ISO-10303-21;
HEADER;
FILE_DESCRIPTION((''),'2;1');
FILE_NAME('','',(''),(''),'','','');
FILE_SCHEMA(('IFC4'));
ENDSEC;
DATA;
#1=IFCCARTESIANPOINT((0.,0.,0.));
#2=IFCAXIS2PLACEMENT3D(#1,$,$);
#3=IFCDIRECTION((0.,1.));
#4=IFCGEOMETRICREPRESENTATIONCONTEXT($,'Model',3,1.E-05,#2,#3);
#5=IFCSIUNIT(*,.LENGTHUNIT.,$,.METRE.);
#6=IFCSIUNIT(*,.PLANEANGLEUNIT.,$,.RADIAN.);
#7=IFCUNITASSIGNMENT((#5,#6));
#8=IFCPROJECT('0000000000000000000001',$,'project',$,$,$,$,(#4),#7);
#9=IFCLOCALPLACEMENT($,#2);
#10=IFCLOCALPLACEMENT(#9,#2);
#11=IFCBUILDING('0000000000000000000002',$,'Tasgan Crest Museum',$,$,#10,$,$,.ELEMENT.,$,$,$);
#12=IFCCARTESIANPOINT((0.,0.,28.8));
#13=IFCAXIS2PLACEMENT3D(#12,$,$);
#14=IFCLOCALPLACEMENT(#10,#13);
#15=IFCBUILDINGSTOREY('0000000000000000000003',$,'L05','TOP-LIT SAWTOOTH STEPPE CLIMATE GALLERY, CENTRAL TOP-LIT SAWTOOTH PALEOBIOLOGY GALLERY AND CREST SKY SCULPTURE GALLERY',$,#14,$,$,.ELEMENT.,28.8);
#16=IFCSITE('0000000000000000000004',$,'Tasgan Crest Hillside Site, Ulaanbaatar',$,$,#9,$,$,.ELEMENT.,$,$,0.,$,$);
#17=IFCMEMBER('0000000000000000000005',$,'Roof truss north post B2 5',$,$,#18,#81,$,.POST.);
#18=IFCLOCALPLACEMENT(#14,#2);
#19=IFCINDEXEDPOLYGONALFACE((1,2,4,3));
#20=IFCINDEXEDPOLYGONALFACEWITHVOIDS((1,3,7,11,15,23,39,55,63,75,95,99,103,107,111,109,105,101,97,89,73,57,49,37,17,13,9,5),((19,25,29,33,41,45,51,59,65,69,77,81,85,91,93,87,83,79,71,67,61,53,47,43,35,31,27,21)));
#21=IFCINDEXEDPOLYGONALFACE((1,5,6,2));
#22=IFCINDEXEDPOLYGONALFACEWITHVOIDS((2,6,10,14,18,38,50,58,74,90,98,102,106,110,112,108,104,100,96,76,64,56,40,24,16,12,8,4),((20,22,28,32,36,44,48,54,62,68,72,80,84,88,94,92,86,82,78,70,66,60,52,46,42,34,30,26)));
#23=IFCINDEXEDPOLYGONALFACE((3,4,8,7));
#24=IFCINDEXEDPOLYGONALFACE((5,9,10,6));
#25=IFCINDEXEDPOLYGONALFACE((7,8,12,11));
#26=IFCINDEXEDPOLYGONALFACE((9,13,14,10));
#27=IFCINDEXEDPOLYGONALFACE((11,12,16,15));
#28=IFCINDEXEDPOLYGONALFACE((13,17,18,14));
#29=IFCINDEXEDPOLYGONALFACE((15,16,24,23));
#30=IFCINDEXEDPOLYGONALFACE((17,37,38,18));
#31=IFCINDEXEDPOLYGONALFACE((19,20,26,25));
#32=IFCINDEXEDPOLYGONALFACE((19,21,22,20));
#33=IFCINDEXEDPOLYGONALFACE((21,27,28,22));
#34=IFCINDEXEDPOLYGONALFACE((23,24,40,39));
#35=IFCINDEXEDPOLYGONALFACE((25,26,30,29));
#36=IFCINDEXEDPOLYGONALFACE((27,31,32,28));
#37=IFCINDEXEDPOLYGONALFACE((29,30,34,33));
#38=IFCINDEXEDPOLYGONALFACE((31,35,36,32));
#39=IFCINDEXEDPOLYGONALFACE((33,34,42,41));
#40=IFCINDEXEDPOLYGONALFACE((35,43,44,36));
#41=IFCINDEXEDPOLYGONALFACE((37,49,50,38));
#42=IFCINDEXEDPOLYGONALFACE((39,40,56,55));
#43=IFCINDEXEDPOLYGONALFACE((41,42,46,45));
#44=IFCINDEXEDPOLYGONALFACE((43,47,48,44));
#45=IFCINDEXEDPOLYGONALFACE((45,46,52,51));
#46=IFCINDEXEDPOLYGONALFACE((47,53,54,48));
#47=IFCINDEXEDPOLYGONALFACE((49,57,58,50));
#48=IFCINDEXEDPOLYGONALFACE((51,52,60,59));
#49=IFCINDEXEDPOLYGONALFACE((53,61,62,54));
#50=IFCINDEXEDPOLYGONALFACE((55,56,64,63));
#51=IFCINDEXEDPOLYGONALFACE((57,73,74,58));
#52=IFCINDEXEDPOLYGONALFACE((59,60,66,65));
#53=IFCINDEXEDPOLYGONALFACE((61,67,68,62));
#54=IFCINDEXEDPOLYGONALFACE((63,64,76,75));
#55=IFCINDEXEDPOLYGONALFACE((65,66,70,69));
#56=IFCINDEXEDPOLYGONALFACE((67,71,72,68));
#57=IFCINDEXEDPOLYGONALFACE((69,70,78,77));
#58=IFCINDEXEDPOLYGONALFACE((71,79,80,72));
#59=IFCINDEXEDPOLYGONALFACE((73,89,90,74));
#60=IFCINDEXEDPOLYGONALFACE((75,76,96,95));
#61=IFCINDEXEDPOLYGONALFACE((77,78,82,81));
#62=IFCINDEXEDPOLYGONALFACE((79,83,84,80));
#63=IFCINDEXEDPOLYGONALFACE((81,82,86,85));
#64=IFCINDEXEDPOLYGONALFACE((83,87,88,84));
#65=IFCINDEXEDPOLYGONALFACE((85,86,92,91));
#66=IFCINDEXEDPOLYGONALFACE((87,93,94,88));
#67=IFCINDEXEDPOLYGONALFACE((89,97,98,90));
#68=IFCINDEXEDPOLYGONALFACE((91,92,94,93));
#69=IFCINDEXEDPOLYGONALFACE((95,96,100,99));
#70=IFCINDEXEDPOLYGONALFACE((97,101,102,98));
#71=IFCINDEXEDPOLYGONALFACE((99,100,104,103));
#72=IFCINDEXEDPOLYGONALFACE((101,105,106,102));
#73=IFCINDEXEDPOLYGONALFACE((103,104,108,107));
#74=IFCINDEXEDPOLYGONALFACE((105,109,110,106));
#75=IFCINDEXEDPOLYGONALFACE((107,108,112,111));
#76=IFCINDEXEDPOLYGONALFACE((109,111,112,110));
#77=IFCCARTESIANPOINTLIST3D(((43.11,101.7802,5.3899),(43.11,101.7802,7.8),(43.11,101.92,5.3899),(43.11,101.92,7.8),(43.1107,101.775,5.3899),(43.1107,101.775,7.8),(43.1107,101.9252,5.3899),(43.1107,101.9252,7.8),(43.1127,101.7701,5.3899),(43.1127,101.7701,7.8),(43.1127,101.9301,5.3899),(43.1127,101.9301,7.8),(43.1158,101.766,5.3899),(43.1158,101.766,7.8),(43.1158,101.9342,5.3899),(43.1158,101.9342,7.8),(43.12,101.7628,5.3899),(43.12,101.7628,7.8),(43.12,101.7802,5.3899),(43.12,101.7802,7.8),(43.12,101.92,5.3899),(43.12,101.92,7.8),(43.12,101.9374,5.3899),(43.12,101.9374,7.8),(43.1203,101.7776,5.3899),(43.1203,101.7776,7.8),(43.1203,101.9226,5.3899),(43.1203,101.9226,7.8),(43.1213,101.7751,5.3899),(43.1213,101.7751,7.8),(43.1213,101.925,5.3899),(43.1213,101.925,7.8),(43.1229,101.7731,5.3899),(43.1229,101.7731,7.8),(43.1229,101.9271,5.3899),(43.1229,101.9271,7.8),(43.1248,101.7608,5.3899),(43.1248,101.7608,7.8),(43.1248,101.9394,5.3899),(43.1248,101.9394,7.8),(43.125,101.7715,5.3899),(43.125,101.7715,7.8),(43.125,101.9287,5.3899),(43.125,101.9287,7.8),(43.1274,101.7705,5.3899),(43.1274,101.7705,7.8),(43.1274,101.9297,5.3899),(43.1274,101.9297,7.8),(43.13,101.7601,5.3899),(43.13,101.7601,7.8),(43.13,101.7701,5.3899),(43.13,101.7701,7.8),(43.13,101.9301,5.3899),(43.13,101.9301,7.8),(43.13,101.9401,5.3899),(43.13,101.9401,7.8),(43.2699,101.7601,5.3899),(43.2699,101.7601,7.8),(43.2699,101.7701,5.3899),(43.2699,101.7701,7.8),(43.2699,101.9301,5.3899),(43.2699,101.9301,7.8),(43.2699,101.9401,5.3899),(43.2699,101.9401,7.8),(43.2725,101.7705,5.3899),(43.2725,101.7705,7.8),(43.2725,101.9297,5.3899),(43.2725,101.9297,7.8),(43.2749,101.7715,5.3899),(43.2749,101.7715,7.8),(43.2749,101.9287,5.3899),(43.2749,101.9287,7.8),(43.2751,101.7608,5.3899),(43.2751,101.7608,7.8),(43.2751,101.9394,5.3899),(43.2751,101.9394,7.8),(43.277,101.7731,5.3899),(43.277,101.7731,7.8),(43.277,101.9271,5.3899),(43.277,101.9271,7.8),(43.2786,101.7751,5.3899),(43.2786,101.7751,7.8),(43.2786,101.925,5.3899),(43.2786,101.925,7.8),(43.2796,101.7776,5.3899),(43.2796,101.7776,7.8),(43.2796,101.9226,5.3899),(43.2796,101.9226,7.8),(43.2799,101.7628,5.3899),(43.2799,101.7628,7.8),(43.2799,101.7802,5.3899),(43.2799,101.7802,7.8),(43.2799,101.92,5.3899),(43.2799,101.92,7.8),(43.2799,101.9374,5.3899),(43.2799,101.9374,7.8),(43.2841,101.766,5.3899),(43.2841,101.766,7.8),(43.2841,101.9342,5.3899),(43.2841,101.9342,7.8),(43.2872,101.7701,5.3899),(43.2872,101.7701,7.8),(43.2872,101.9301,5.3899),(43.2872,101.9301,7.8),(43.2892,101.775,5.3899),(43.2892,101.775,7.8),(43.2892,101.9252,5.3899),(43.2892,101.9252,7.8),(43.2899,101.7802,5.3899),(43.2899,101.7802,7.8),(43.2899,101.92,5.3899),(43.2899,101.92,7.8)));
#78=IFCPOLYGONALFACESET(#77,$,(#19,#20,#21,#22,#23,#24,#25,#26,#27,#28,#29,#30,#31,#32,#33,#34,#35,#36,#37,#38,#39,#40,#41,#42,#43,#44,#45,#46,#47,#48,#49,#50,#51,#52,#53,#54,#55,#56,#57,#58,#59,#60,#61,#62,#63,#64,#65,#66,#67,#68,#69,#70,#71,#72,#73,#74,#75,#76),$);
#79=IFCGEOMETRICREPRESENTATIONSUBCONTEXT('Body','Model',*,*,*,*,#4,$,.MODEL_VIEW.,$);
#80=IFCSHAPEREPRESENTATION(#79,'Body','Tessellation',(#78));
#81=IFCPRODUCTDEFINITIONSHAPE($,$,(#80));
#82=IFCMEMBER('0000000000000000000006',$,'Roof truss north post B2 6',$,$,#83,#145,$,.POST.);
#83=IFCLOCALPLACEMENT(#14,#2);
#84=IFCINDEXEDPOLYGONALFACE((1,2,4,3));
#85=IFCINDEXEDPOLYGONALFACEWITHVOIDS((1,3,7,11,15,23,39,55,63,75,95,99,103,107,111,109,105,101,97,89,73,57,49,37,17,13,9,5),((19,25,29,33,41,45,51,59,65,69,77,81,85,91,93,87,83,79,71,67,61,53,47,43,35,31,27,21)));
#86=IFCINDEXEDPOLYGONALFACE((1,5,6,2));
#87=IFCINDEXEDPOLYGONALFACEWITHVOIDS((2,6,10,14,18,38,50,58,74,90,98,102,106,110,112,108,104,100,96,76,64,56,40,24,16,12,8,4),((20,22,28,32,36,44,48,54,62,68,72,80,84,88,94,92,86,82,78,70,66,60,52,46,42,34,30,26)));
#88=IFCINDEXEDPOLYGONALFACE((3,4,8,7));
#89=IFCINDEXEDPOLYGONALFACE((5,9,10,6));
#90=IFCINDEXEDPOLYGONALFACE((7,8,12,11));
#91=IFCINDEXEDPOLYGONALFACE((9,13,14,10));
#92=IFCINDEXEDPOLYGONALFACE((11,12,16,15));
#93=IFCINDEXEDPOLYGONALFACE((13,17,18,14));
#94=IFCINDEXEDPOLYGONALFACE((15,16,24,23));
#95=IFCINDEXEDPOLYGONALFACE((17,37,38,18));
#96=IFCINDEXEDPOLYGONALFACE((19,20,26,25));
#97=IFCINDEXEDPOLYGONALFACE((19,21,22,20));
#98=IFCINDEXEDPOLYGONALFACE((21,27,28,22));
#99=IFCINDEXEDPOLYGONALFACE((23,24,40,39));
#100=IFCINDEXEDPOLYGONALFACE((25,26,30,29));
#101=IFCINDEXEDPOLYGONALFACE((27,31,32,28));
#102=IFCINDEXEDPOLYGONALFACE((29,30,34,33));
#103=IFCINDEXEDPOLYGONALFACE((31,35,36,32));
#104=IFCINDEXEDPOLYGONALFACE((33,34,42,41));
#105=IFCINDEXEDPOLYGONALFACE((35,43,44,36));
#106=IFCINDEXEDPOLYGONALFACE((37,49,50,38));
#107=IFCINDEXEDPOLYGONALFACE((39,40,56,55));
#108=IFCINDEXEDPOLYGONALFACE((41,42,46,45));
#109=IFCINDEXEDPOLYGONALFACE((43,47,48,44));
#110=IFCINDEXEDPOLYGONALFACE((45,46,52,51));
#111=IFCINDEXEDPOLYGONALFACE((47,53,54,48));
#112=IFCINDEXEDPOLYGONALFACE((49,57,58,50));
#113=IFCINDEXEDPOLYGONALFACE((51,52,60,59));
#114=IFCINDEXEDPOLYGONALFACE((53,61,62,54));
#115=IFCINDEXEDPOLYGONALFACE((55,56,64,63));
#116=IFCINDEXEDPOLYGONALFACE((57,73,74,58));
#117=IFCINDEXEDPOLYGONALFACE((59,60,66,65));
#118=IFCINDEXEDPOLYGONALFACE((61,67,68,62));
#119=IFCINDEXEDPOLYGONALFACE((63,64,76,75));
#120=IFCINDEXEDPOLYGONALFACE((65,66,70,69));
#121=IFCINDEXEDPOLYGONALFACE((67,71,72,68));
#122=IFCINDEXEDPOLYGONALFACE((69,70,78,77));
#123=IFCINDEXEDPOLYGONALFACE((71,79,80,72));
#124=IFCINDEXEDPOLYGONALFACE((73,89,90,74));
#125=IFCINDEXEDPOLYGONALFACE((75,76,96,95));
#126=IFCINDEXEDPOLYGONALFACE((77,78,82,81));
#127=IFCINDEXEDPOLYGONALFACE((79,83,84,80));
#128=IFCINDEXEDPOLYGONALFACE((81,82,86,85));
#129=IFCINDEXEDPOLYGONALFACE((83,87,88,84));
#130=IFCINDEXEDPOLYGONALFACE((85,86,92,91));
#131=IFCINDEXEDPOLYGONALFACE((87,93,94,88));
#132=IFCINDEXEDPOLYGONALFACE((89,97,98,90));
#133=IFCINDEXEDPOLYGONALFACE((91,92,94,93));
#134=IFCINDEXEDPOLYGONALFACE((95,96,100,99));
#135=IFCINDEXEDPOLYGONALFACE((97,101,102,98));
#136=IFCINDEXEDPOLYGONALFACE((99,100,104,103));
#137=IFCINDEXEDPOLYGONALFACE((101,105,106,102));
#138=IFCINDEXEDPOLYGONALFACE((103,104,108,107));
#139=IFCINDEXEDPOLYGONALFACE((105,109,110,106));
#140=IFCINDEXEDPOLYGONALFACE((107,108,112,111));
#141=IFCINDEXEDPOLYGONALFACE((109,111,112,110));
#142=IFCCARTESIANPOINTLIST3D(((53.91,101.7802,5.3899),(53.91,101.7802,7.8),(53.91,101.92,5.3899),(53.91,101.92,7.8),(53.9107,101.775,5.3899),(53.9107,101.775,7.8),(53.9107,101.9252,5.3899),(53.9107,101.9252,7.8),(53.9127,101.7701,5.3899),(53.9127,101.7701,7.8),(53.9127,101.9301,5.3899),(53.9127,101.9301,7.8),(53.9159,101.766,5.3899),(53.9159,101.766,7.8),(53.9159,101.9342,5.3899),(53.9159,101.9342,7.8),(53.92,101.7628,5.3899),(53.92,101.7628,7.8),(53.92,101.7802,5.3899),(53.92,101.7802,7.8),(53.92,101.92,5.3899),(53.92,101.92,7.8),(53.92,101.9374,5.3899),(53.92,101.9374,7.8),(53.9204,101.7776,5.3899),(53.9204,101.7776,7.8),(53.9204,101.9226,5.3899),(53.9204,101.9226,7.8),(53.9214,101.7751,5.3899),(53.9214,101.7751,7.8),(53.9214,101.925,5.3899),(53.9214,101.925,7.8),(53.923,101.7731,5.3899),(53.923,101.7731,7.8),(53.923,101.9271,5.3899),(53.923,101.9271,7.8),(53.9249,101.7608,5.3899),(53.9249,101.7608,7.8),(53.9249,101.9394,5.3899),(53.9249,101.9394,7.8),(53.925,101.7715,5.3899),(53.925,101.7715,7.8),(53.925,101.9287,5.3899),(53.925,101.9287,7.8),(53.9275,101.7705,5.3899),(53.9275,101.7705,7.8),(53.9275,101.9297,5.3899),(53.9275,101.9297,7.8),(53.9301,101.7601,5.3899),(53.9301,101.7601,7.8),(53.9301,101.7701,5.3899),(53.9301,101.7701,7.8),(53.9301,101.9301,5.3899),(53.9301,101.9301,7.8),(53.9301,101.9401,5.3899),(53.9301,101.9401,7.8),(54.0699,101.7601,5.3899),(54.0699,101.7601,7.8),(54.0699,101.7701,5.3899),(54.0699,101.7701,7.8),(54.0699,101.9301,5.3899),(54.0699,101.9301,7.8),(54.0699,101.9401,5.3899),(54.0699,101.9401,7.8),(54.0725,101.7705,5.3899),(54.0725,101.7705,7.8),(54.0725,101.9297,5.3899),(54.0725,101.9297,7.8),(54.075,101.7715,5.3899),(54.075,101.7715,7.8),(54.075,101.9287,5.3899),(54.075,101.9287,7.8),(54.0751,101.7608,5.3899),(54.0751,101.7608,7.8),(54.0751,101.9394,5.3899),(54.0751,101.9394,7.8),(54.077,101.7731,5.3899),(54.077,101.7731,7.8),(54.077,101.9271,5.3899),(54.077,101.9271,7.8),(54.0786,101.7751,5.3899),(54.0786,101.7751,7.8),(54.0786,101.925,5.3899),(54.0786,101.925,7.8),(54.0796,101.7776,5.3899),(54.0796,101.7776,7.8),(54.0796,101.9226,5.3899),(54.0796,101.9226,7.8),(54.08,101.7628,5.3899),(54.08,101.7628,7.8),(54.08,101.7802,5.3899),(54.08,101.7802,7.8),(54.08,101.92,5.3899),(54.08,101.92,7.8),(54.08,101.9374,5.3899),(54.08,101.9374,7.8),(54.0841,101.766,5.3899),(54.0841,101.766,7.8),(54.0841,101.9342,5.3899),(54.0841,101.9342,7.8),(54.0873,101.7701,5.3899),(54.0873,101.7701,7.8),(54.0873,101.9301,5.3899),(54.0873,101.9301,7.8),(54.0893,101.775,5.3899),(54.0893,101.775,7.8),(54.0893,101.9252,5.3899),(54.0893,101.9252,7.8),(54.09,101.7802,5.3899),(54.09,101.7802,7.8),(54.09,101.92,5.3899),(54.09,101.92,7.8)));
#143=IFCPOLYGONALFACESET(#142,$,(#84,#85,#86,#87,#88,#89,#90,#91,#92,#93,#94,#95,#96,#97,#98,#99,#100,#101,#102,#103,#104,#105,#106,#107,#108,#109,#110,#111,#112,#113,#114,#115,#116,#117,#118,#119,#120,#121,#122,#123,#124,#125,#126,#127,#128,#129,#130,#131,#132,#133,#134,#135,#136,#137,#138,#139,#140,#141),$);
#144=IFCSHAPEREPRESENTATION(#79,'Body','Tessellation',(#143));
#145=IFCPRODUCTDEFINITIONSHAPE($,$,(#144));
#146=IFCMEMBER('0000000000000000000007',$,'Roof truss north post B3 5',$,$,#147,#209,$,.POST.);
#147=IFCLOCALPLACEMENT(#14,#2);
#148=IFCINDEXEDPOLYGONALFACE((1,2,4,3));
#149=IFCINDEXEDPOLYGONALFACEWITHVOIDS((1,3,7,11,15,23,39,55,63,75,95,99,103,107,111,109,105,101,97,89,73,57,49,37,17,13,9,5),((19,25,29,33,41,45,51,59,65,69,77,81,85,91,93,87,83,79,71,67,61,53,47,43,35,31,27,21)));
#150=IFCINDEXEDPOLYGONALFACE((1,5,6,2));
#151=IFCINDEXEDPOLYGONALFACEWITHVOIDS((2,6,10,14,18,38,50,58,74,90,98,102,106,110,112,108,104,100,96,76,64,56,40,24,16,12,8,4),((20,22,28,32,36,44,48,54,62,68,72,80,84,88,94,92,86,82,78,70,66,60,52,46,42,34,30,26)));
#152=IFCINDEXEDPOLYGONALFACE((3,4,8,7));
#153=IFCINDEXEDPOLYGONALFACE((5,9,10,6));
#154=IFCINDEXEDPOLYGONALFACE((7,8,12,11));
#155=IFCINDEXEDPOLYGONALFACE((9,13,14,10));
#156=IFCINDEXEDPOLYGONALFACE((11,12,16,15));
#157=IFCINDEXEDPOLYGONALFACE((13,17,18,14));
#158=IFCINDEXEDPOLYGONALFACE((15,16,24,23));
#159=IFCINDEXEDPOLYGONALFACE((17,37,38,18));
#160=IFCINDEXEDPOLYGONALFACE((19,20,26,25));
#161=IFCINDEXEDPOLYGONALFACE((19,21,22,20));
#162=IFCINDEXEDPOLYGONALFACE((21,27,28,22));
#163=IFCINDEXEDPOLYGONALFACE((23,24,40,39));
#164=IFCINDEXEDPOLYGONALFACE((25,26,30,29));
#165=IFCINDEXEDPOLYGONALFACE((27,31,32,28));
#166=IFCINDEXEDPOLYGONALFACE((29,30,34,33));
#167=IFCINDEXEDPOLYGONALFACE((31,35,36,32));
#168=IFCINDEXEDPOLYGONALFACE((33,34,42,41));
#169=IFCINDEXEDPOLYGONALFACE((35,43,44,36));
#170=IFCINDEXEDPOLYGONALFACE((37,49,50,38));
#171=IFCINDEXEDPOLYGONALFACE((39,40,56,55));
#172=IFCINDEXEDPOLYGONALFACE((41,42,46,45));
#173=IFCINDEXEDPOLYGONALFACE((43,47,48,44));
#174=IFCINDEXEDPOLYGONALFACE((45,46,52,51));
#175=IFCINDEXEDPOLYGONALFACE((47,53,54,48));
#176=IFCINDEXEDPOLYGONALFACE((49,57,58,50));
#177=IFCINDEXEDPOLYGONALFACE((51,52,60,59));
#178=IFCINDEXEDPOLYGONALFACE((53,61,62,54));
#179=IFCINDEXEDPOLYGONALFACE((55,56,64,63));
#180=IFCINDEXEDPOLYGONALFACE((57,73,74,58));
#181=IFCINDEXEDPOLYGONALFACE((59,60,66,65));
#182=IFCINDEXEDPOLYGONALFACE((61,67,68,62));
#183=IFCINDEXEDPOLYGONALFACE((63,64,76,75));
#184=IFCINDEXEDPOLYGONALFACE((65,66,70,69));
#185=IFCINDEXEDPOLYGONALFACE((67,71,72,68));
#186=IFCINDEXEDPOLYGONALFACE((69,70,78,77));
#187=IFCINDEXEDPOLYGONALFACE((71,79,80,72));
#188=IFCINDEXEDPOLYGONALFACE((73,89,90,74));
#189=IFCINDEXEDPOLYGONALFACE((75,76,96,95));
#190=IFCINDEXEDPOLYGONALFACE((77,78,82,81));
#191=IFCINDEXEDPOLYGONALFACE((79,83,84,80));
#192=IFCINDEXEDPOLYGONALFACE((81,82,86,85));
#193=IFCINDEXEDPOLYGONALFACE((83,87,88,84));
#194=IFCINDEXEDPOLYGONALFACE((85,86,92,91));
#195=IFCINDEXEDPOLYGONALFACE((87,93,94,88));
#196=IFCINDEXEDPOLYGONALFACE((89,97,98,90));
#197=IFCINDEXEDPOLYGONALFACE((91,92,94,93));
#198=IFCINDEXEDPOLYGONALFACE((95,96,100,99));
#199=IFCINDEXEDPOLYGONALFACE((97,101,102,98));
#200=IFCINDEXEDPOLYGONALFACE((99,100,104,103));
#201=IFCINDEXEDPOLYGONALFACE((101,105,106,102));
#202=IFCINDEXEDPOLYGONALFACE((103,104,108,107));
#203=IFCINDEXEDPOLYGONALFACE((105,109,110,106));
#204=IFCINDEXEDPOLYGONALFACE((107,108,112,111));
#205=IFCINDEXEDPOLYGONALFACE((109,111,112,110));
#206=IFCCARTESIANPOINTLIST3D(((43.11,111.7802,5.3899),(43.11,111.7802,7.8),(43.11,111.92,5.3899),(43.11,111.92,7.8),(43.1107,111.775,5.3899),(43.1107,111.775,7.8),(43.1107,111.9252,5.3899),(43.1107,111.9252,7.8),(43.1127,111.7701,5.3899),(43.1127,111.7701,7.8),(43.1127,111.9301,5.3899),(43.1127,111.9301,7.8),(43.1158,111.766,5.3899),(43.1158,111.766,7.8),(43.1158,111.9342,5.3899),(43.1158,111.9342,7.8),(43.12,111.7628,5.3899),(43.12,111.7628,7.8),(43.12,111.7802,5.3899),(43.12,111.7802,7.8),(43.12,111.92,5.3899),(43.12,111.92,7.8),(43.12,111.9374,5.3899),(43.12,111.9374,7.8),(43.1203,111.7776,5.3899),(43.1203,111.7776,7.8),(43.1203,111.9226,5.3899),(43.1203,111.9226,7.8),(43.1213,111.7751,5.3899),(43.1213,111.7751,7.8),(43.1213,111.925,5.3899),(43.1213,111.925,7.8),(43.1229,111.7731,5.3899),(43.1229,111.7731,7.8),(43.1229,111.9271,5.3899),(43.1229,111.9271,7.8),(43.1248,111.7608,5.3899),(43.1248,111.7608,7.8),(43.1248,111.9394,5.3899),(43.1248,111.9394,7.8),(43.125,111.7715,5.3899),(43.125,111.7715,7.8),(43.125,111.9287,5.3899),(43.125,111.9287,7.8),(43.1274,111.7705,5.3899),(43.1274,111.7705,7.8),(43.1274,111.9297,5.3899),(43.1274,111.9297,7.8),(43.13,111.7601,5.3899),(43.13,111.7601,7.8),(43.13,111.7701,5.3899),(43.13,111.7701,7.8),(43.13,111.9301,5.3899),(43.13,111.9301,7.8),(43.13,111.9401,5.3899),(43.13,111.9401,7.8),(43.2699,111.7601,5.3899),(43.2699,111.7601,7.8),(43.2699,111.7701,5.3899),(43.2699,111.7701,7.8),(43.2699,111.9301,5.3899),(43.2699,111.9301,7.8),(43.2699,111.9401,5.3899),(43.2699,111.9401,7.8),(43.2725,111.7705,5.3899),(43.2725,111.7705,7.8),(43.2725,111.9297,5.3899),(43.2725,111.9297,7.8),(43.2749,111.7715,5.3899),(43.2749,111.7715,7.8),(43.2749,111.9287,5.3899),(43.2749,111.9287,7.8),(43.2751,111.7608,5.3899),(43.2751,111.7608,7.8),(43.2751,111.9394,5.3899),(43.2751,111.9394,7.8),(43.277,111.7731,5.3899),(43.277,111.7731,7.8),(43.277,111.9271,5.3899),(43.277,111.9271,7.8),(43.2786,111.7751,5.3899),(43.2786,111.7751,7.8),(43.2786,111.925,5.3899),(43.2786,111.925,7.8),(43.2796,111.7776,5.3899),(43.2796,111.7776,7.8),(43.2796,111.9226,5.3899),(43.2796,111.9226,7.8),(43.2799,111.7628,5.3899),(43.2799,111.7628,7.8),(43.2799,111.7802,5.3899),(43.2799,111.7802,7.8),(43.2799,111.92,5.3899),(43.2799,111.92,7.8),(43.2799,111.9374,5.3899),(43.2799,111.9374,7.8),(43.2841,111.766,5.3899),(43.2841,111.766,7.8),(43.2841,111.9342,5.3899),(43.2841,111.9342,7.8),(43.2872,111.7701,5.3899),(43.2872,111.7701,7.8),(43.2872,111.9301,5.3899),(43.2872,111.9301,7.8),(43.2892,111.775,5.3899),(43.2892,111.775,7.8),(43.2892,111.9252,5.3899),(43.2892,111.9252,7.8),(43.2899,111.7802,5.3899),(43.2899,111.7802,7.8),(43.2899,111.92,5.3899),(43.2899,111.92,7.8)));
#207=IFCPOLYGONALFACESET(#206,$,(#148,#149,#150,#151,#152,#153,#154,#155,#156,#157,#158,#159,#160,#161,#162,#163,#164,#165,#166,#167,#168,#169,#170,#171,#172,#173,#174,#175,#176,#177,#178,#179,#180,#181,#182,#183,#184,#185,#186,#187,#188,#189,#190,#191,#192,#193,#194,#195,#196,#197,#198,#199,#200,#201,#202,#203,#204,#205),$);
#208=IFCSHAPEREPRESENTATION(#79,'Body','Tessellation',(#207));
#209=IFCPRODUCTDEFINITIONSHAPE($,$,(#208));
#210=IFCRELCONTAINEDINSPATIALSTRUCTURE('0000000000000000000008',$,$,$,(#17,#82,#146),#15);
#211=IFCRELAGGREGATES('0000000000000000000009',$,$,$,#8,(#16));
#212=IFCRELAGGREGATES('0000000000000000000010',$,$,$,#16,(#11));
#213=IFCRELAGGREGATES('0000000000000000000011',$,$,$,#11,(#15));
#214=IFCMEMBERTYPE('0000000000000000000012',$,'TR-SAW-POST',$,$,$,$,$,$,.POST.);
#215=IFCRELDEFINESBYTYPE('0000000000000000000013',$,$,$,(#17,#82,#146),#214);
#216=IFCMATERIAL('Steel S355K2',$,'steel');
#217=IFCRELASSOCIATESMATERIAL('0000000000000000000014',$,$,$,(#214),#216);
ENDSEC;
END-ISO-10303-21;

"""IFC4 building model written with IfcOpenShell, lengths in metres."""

from ifc_helpers import new_model, si_unit, direction, frame, origin, origin_2d, place, context, subcontext, project, spatial, hollow_rectangle, extrude, material, material_profile, profile_set, type_object, element, save


model = new_model("IFC4")

# Units and contexts
model_context = context("Model", 3, precision=1e-05, world=origin(), true_north=direction((0.0, 1.0)))
body_context = subcontext(model_context, "Body", "Model", "MODEL_VIEW")
ifc_project = project(units=[si_unit("LENGTHUNIT", "METRE"), si_unit("PLANEANGLEUNIT", "RADIAN")], contexts=[model_context])

# Site, building, storey
site_placement = place(None, origin())
site = spatial("IfcSite", under=ifc_project, at=site_placement, Name="Tasgan Crest Hillside Site, Ulaanbaatar", CompositionType="ELEMENT", RefElevation=0.0)
building_placement = place(site_placement, origin())
building = spatial("IfcBuilding", under=site, at=building_placement, Name="Tasgan Crest Museum", CompositionType="ELEMENT")
storey_placement = place(building_placement, frame((0.0, 0.0, 28.8)))
storey = spatial("IfcBuildingStorey", under=building, at=storey_placement, Name="L05", Description="TOP-LIT SAWTOOTH STEPPE CLIMATE GALLERY, CENTRAL TOP-LIT SAWTOOTH PALEOBIOLOGY GALLERY AND CREST SKY SCULPTURE GALLERY", CompositionType="ELEMENT", Elevation=28.8)

# Members
ifc_material_1 = material(Name="Steel S355K2", Category="steel")
ifc_material_profile_1 = material_profile(ifc_material_1, hollow_rectangle(XDim=0.1799, YDim=0.1799, WallThickness=0.01, InnerFilletRadius=0.01, OuterFilletRadius=0.02, at=origin_2d()), Name="SHS 180x180x10")
ifc_profile_set_1 = profile_set([ifc_material_profile_1], Name="Steel S355K2")
member_type_1 = type_object("IfcMemberType", Name="TR-SAW-POST", PredefinedType="POST", material=ifc_profile_set_1)
for number, where, z_axis, x_axis, name in (
    (1, (43.2, 101.8501, 5.3899), (0.0, 0.0, 1.0), (1.0, 0.0, 0.0), "Roof truss north post B2 5"),
    (2, (54.0, 101.8501, 5.3899), (0.0, 0.0, 1.0), (1.0, 0.0, 0.0), "Roof truss north post B2 6"),
    (3, (43.2, 111.8501, 5.3899), (0.0, 0.0, 1.0), (1.0, 0.0, 0.0), "Roof truss north post B3 5"),
):
    element("IfcMember", number, at=place(storey_placement, frame(where, z_axis=z_axis, x_axis=x_axis)), inside=storey, type_object=member_type_1, Name=name, PredefinedType="POST", context=body_context, shape_type="SweptSolid", body=[
        extrude(hollow_rectangle(XDim=0.1799, YDim=0.1799, WallThickness=0.01, InnerFilletRadius=0.01, OuterFilletRadius=0.02, at=origin_2d()), origin(), (0.0, 0.0, 1.0), 2.4102),
    ])

save(model, "model.ifc")
